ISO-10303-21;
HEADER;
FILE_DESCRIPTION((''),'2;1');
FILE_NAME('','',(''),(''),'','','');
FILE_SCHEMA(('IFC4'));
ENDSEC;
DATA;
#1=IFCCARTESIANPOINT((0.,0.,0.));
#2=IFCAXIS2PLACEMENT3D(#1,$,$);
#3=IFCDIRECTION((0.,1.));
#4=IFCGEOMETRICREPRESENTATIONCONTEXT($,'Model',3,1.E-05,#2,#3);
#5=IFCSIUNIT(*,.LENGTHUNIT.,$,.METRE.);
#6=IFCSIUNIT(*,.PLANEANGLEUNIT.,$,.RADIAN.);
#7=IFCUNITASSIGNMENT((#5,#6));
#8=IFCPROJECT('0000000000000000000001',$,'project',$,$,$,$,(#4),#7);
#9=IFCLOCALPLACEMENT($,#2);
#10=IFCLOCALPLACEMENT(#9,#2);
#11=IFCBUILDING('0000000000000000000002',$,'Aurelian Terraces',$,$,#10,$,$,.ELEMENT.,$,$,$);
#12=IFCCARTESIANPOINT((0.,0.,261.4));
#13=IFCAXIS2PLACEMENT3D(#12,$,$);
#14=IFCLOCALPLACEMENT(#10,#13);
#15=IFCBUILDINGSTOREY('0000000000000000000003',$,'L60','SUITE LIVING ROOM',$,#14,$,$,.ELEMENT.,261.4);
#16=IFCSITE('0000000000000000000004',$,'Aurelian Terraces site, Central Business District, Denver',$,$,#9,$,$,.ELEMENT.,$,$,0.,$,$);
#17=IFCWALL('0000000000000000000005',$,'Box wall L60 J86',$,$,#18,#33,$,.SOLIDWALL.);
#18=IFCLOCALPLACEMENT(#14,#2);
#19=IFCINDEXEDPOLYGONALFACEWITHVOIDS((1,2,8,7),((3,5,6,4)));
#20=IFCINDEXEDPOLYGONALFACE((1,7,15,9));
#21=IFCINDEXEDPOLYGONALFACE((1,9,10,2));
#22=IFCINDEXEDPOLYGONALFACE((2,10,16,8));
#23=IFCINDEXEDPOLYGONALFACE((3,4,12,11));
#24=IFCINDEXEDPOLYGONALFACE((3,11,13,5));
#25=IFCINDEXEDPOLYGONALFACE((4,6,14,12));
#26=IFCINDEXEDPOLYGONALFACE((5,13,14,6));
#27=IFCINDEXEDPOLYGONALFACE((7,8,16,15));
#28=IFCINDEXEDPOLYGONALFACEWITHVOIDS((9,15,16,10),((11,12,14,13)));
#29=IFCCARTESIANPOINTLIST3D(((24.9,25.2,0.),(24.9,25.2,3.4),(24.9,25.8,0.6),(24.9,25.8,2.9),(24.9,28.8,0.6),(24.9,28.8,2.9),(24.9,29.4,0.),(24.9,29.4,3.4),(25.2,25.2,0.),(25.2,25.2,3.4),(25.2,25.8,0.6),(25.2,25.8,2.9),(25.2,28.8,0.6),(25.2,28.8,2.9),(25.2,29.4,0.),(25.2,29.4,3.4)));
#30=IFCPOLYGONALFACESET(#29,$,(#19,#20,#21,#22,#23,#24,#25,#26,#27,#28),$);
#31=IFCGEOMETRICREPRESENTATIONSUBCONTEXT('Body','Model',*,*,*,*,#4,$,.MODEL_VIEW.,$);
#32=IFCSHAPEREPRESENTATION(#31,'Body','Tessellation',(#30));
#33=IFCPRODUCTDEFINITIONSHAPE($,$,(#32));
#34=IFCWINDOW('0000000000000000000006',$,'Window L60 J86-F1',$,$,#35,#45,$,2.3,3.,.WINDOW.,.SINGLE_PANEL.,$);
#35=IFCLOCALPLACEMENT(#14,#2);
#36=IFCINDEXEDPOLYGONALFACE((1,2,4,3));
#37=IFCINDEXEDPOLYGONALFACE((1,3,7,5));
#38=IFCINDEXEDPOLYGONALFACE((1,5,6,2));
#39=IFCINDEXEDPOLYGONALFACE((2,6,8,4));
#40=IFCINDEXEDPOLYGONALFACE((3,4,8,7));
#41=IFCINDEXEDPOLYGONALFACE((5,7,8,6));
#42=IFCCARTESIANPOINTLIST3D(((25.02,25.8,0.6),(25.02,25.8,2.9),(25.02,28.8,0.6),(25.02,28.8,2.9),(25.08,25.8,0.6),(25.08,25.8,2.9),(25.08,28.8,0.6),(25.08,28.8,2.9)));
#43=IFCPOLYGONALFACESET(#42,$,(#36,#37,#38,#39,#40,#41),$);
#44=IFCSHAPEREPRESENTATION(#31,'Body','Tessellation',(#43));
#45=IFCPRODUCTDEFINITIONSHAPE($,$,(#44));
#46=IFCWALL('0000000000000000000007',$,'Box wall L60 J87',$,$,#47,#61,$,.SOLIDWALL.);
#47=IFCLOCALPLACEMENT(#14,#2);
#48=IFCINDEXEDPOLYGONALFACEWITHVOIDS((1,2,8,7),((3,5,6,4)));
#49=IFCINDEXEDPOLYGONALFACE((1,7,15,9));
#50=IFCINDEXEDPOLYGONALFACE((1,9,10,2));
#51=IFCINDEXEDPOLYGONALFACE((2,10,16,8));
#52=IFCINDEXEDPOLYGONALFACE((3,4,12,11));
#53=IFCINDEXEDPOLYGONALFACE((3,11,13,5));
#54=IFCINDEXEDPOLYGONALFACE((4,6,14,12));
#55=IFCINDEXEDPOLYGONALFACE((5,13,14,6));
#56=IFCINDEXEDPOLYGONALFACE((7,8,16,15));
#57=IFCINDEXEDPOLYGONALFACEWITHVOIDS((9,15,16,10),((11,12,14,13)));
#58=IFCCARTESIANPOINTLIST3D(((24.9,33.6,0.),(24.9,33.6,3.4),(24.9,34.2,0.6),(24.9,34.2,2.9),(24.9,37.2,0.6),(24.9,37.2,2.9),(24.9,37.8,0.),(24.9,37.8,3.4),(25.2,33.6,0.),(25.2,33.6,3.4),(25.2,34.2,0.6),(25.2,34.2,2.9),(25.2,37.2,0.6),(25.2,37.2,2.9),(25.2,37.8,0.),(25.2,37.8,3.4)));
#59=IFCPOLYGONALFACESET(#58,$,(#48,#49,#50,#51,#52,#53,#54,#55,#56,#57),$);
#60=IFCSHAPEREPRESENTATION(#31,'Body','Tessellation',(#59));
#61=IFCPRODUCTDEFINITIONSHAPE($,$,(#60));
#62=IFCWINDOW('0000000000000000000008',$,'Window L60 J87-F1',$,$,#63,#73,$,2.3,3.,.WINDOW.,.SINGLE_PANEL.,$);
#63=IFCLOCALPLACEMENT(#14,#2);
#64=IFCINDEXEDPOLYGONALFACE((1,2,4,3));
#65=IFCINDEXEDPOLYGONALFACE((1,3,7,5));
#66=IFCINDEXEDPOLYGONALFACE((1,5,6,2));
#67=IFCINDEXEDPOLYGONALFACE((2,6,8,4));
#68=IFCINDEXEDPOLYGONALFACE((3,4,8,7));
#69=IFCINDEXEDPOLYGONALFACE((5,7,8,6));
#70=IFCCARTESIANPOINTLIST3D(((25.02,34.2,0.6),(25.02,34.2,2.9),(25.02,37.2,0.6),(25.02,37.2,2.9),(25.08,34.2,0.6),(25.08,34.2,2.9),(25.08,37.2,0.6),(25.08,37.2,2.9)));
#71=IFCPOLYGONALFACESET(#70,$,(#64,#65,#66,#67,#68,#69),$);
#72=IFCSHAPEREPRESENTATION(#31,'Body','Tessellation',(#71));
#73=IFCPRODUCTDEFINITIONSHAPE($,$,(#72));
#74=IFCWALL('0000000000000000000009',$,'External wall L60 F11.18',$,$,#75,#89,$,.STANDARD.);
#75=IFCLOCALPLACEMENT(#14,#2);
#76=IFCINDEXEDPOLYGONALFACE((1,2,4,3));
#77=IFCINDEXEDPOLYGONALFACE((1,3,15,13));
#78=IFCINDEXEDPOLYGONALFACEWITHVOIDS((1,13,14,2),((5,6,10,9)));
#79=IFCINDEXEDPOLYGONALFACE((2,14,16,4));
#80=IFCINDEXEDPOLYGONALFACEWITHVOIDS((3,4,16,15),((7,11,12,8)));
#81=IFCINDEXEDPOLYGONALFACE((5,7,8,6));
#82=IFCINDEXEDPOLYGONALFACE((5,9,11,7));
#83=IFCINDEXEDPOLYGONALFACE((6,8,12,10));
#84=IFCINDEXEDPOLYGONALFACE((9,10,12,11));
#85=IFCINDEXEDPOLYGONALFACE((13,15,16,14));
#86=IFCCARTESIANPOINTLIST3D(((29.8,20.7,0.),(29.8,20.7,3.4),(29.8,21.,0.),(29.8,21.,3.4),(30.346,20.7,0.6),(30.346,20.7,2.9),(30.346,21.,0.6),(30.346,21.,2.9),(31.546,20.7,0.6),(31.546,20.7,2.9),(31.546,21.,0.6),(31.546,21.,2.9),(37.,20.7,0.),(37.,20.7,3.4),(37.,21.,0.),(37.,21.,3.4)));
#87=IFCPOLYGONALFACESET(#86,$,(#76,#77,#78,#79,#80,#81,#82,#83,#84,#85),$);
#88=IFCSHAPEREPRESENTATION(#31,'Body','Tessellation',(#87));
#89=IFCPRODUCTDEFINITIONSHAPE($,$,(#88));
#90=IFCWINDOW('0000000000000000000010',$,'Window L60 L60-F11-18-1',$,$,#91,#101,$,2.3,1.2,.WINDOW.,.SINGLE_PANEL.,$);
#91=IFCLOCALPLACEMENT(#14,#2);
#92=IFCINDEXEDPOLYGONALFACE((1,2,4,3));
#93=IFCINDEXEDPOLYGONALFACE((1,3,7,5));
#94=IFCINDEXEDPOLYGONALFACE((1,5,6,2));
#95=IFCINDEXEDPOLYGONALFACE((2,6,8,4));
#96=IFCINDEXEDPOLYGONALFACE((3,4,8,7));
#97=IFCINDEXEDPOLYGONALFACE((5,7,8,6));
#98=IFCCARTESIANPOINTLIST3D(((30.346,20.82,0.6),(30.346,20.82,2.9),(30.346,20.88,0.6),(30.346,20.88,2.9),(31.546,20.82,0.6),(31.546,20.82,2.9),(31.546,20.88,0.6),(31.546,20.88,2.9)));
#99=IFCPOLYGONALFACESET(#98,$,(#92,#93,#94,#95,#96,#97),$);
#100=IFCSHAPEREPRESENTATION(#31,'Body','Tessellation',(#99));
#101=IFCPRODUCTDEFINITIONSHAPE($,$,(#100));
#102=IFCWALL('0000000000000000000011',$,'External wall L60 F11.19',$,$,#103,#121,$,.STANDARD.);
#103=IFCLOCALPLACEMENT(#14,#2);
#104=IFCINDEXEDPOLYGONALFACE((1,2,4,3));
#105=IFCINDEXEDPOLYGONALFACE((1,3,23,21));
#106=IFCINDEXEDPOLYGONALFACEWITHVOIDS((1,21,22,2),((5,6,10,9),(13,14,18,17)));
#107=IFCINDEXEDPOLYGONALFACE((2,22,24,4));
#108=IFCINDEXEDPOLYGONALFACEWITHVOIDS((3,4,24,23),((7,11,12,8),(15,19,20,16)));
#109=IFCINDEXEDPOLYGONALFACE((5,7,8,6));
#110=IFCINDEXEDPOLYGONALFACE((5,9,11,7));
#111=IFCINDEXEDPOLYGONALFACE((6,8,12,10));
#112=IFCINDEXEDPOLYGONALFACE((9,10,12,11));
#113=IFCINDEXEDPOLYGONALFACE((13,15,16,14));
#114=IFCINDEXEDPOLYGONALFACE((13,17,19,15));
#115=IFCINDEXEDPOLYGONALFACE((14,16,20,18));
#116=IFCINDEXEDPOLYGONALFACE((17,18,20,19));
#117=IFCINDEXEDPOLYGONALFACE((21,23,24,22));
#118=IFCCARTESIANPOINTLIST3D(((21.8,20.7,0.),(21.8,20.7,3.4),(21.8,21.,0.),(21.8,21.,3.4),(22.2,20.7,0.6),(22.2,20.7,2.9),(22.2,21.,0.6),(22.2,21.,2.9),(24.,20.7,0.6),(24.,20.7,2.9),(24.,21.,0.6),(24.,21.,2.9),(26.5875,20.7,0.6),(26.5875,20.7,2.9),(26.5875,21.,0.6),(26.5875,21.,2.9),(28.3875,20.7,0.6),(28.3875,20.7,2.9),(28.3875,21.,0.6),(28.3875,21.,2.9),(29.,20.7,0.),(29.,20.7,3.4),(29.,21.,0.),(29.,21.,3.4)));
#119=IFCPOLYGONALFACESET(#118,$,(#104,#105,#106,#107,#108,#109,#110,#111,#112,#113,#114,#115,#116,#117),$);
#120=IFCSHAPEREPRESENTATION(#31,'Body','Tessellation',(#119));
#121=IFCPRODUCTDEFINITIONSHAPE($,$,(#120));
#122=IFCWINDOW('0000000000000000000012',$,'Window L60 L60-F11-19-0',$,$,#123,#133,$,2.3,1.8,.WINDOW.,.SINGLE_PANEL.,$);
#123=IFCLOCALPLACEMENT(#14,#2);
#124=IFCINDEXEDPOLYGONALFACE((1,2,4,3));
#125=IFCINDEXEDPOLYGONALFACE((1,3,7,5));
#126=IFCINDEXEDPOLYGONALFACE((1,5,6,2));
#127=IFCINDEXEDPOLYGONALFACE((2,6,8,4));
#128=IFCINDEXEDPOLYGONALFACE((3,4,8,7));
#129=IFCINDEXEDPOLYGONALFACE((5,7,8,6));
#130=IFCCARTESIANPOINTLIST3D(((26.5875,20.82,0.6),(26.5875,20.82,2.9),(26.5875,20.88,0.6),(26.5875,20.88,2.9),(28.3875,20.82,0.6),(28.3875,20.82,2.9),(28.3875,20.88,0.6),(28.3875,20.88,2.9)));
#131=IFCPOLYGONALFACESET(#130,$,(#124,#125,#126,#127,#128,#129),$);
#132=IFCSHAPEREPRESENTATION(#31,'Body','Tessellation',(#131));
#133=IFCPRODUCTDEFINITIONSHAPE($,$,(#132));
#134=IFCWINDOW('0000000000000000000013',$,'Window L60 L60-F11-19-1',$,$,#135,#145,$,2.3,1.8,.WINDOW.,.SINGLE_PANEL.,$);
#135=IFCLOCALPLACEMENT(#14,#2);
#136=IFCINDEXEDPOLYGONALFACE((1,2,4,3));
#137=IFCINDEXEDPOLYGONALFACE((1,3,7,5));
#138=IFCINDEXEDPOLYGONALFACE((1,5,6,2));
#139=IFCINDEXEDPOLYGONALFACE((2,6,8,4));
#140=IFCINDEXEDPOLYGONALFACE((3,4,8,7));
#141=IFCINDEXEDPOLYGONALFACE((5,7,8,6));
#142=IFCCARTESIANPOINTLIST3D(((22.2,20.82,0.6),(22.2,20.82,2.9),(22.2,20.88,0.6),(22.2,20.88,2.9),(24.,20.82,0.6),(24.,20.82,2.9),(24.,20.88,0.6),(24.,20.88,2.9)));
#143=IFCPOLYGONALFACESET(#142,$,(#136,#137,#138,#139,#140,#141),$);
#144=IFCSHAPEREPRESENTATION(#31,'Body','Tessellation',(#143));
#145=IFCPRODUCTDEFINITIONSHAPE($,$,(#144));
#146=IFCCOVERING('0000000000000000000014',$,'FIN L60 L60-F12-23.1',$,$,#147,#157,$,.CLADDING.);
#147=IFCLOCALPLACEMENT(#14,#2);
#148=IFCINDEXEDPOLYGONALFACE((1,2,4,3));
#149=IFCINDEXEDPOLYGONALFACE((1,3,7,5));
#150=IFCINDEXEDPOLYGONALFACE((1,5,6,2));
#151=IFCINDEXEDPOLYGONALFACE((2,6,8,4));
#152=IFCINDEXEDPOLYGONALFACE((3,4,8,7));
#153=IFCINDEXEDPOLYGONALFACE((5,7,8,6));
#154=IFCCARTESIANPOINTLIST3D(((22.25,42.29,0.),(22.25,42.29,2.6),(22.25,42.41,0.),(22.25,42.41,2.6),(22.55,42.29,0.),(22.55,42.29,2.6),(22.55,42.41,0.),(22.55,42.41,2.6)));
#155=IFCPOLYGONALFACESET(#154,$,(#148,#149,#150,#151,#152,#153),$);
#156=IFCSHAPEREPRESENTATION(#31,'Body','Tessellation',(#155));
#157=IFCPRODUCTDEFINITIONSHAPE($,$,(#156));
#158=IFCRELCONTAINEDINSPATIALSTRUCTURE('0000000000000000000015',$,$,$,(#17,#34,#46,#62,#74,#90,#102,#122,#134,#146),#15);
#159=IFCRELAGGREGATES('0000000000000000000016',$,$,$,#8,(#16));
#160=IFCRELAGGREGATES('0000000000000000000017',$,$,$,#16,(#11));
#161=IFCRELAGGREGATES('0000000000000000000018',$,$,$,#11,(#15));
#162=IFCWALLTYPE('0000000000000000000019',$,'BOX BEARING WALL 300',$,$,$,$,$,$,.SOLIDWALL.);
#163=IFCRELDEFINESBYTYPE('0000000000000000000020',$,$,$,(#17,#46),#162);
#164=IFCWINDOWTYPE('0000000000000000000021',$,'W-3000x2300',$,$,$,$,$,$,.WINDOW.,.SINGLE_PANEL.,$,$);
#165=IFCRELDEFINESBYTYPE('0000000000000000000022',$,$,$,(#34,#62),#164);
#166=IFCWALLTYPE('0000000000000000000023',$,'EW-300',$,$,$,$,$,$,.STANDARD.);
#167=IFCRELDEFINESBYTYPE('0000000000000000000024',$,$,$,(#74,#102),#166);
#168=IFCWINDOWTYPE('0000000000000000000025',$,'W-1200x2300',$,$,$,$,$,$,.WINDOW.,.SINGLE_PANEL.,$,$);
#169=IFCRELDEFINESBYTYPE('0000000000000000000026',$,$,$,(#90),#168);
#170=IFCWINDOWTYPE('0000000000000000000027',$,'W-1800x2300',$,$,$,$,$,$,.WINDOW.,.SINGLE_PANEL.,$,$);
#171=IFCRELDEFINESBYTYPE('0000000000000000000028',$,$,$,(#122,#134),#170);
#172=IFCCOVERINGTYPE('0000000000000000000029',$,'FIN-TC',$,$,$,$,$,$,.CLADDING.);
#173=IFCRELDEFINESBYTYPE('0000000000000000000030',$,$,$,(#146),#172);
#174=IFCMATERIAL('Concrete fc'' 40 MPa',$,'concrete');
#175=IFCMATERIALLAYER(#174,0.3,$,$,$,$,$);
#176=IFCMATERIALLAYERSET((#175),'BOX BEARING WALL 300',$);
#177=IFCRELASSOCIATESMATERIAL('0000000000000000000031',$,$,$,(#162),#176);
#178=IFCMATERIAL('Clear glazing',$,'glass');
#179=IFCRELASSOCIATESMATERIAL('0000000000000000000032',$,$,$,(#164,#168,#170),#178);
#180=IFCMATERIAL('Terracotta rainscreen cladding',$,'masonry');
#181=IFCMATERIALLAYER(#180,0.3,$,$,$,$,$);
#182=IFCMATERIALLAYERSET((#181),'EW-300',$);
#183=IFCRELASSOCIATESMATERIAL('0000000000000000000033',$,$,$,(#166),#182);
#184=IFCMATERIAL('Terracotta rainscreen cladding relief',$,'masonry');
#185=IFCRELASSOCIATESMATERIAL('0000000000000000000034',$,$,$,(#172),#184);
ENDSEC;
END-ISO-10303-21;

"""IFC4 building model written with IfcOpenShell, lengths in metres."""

from ifc_helpers import new_model, si_unit, direction, frame, frame_2d, origin, origin_2d, place, context, subcontext, project, spatial, rectangle, extrude, source, transform, mapped, material, layer, layer_set, type_object, element, fill, save


model = new_model("IFC4")

# Units and contexts
model_context = context("Model", 3, precision=1e-05, world=origin(), true_north=direction((0.0, 1.0)))
body_context = subcontext(model_context, "Body", "Model", "MODEL_VIEW")
ifc_project = project(units=[si_unit("LENGTHUNIT", "METRE"), si_unit("PLANEANGLEUNIT", "RADIAN")], contexts=[model_context])

# Site, building, storey
site_placement = place(None, origin())
site = spatial("IfcSite", under=ifc_project, at=site_placement, Name="Aurelian Terraces site, Central Business District, Denver", CompositionType="ELEMENT", RefElevation=0.0)
building_placement = place(site_placement, origin())
building = spatial("IfcBuilding", under=site, at=building_placement, Name="Aurelian Terraces", CompositionType="ELEMENT")
storey_placement = place(building_placement, frame((0.0, 0.0, 261.4)))
storey = spatial("IfcBuildingStorey", under=building, at=storey_placement, Name="L60", Description="SUITE LIVING ROOM", CompositionType="ELEMENT", Elevation=261.4)

# Walls, openings, windows
ifc_material_1 = material(Name="Concrete fc' 40 MPa", Category="concrete")
ifc_layer_1 = layer(ifc_material_1, 0.3)
ifc_layer_set_1 = layer_set([ifc_layer_1], Name="BOX BEARING WALL 300")
wall_type_1 = type_object("IfcWallType", Name="BOX BEARING WALL 300", PredefinedType="SOLIDWALL", material=ifc_layer_set_1)
shared_shape_1 = source(origin(), body_context, "Body", "SweptSolid", [
    extrude(rectangle(XDim=4.2, YDim=0.3, at=frame_2d((2.1, 0.0))), origin(), (0.0, 0.0, 1.0), 3.4),
])
wall_1_placement = place(storey_placement, frame((25.05, 25.2, 0.0), z_axis=(0.0, 0.0, 1.0), x_axis=(0.0, 1.0, 0.0)))
wall_1 = element("IfcWall", 1, at=wall_1_placement, inside=storey, type_object=wall_type_1, Name="Box wall L60 J86", PredefinedType="SOLIDWALL", context=body_context, shape_type="MappedRepresentation", body=[
    mapped(shared_shape_1, transform((0.0, 0.0, 0.0), scale=1.0)),
])
shared_shape_2 = source(origin(), body_context, "Body", "SweptSolid", [
    extrude(rectangle(XDim=3.0, YDim=2.3, at=frame_2d((1.5, 1.15))), frame((0.0, 0.16, 0.0), z_axis=(0.0, -1.0, 0.0), x_axis=(1.0, 0.0, 0.0)), (0.0, 0.0, 1.0), 0.32),
])
opening_1_placement = place(wall_1_placement, frame((0.6, 0.0, 0.6)))
opening_1 = element("IfcOpeningElement", 2, at=opening_1_placement, cuts=wall_1, PredefinedType="OPENING", context=body_context, shape_type="MappedRepresentation", body=[
    mapped(shared_shape_2, transform((0.0, 0.0, 0.0), scale=1.0)),
])
ifc_material_2 = material(Name="Clear glazing", Category="glass")
window_type_1 = type_object("IfcWindowType", Name="W-3000x2300", PartitioningType="SINGLE_PANEL", PredefinedType="WINDOW", material=ifc_material_2)
shared_shape_3 = source(origin(), body_context, "Body", "SweptSolid", [
    extrude(rectangle(XDim=3.0, YDim=2.3, at=frame_2d((1.5, 1.15))), frame((0.0, 0.03, 0.0), z_axis=(0.0, -1.0, 0.0), x_axis=(1.0, 0.0, 0.0)), (0.0, 0.0, 1.0), 0.06),
])
window_1_placement = place(opening_1_placement, origin())
window_1 = element("IfcWindow", 3, at=window_1_placement, inside=storey, type_object=window_type_1, Name="Window L60 J86-F1", OverallHeight=2.3, OverallWidth=3.0, PartitioningType="SINGLE_PANEL", PredefinedType="WINDOW", context=body_context, shape_type="MappedRepresentation", body=[
    mapped(shared_shape_3, transform((0.0, 0.0, 0.0), scale=1.0)),
])
fill(opening_1, window_1)
wall_2_placement = place(storey_placement, frame((25.05, 33.6, 0.0), z_axis=(0.0, 0.0, 1.0), x_axis=(0.0, 1.0, 0.0)))
wall_2 = element("IfcWall", 4, at=wall_2_placement, inside=storey, type_object=wall_type_1, Name="Box wall L60 J87", PredefinedType="SOLIDWALL", context=body_context, shape_type="MappedRepresentation", body=[
    mapped(shared_shape_1, transform((0.0, 0.0, 0.0), scale=1.0)),
])
opening_2_placement = place(wall_2_placement, frame((0.6, 0.0, 0.6)))
opening_2 = element("IfcOpeningElement", 5, at=opening_2_placement, cuts=wall_2, PredefinedType="OPENING", context=body_context, shape_type="MappedRepresentation", body=[
    mapped(shared_shape_2, transform((0.0, 0.0, 0.0), scale=1.0)),
])
window_2_placement = place(opening_2_placement, origin())
window_2 = element("IfcWindow", 6, at=window_2_placement, inside=storey, type_object=window_type_1, Name="Window L60 J87-F1", OverallHeight=2.3, OverallWidth=3.0, PartitioningType="SINGLE_PANEL", PredefinedType="WINDOW", context=body_context, shape_type="MappedRepresentation", body=[
    mapped(shared_shape_3, transform((0.0, 0.0, 0.0), scale=1.0)),
])
fill(opening_2, window_2)
ifc_material_3 = material(Name="Terracotta rainscreen cladding", Category="masonry")
ifc_layer_2 = layer(ifc_material_3, 0.3)
ifc_layer_set_2 = layer_set([ifc_layer_2], Name="EW-300")
wall_type_2 = type_object("IfcWallType", Name="EW-300", PredefinedType="STANDARD", material=ifc_layer_set_2)
shared_shape_4 = source(origin(), body_context, "Body", "SweptSolid", [
    extrude(rectangle(XDim=7.2, YDim=0.3, at=frame_2d((3.6, 0.0))), origin(), (0.0, 0.0, 1.0), 3.4),
])
wall_3_placement = place(storey_placement, frame((37.0, 20.85, 0.0), z_axis=(0.0, 0.0, 1.0), x_axis=(-1.0, 0.0, 0.0)))
wall_3 = element("IfcWall", 7, at=wall_3_placement, inside=storey, type_object=wall_type_2, Name="External wall L60 F11.18", PredefinedType="STANDARD", context=body_context, shape_type="MappedRepresentation", body=[
    mapped(shared_shape_4, transform((0.0, 0.0, 0.0), scale=1.0)),
])
shared_shape_5 = source(origin(), body_context, "Body", "SweptSolid", [
    extrude(rectangle(XDim=1.2, YDim=2.3, at=frame_2d((0.6, 1.15))), frame((0.0, 0.16, 0.0), z_axis=(0.0, -1.0, 0.0), x_axis=(1.0, 0.0, 0.0)), (0.0, 0.0, 1.0), 0.32),
])
opening_3_placement = place(wall_3_placement, frame((5.454, 0.0, 0.6)))
opening_3 = element("IfcOpeningElement", 8, at=opening_3_placement, cuts=wall_3, PredefinedType="OPENING", context=body_context, shape_type="MappedRepresentation", body=[
    mapped(shared_shape_5, transform((0.0, 0.0, 0.0), scale=1.0)),
])
window_type_2 = type_object("IfcWindowType", Name="W-1200x2300", PartitioningType="SINGLE_PANEL", PredefinedType="WINDOW", material=ifc_material_2)
shared_shape_6 = source(origin(), body_context, "Body", "SweptSolid", [
    extrude(rectangle(XDim=1.2, YDim=2.3, at=frame_2d((0.6, 1.15))), frame((0.0, 0.03, 0.0), z_axis=(0.0, -1.0, 0.0), x_axis=(1.0, 0.0, 0.0)), (0.0, 0.0, 1.0), 0.06),
])
window_3_placement = place(opening_3_placement, origin())
window_3 = element("IfcWindow", 9, at=window_3_placement, inside=storey, type_object=window_type_2, Name="Window L60 L60-F11-18-1", OverallHeight=2.3, OverallWidth=1.2, PartitioningType="SINGLE_PANEL", PredefinedType="WINDOW", context=body_context, shape_type="MappedRepresentation", body=[
    mapped(shared_shape_6, transform((0.0, 0.0, 0.0), scale=1.0)),
])
fill(opening_3, window_3)

# Wall, openings, windows
wall_4_placement = place(storey_placement, frame((29.0, 20.85, 0.0), z_axis=(0.0, 0.0, 1.0), x_axis=(-1.0, 0.0, 0.0)))
wall_4 = element("IfcWall", 10, at=wall_4_placement, inside=storey, type_object=wall_type_2, Name="External wall L60 F11.19", PredefinedType="STANDARD", context=body_context, shape_type="MappedRepresentation", body=[
    mapped(shared_shape_4, transform((0.0, 0.0, 0.0), scale=1.0)),
])
shared_shape_7 = source(origin(), body_context, "Body", "SweptSolid", [
    extrude(rectangle(XDim=1.8, YDim=2.3, at=frame_2d((0.9, 1.15))), frame((0.0, 0.16, 0.0), z_axis=(0.0, -1.0, 0.0), x_axis=(1.0, 0.0, 0.0)), (0.0, 0.0, 1.0), 0.32),
])
opening_4_placement = place(wall_4_placement, frame((0.6125, 0.0, 0.6)))
opening_4 = element("IfcOpeningElement", 11, at=opening_4_placement, cuts=wall_4, PredefinedType="OPENING", context=body_context, shape_type="MappedRepresentation", body=[
    mapped(shared_shape_7, transform((0.0, 0.0, 0.0), scale=1.0)),
])
opening_5_placement = place(wall_4_placement, frame((5.0, 0.0, 0.6)))
opening_5 = element("IfcOpeningElement", 12, at=opening_5_placement, cuts=wall_4, PredefinedType="OPENING", context=body_context, shape_type="MappedRepresentation", body=[
    mapped(shared_shape_7, transform((0.0, 0.0, 0.0), scale=1.0)),
])
window_type_3 = type_object("IfcWindowType", Name="W-1800x2300", PartitioningType="SINGLE_PANEL", PredefinedType="WINDOW", material=ifc_material_2)
shared_shape_8 = source(origin(), body_context, "Body", "SweptSolid", [
    extrude(rectangle(XDim=1.8, YDim=2.3, at=frame_2d((0.9, 1.15))), frame((0.0, 0.03, 0.0), z_axis=(0.0, -1.0, 0.0), x_axis=(1.0, 0.0, 0.0)), (0.0, 0.0, 1.0), 0.06),
])
window_4_placement = place(opening_4_placement, origin())
window_4 = element("IfcWindow", 13, at=window_4_placement, inside=storey, type_object=window_type_3, Name="Window L60 L60-F11-19-0", OverallHeight=2.3, OverallWidth=1.8, PartitioningType="SINGLE_PANEL", PredefinedType="WINDOW", context=body_context, shape_type="MappedRepresentation", body=[
    mapped(shared_shape_8, transform((0.0, 0.0, 0.0), scale=1.0)),
])
fill(opening_4, window_4)
window_5_placement = place(opening_5_placement, origin())
window_5 = element("IfcWindow", 14, at=window_5_placement, inside=storey, type_object=window_type_3, Name="Window L60 L60-F11-19-1", OverallHeight=2.3, OverallWidth=1.8, PartitioningType="SINGLE_PANEL", PredefinedType="WINDOW", context=body_context, shape_type="MappedRepresentation", body=[
    mapped(shared_shape_8, transform((0.0, 0.0, 0.0), scale=1.0)),
])
fill(opening_5, window_5)

# Covering
ifc_material_4 = material(Name="Terracotta rainscreen cladding relief", Category="masonry")
covering_type_1 = type_object("IfcCoveringType", Name="FIN-TC", PredefinedType="CLADDING", material=ifc_material_4)
shared_shape_9 = source(origin(), body_context, "Body", "SweptSolid", [
    extrude(rectangle(XDim=0.3, YDim=0.12, at=origin_2d()), origin(), (0.0, 0.0, 1.0), 2.6),
])
for number, where, z_axis, x_axis, name in (
    (15, (22.4, 42.35, 0.0), (0.0, 0.0, 1.0), (1.0, 0.0, 0.0), "FIN L60 L60-F12-23.1"),
):
    element("IfcCovering", number, at=place(storey_placement, frame(where, z_axis=z_axis, x_axis=x_axis)), inside=storey, type_object=covering_type_1, Name=name, PredefinedType="CLADDING", context=body_context, shape_type="MappedRepresentation", body=[
        mapped(shared_shape_9, transform((0.0, 0.0, 0.0), scale=1.0)),
    ])

save(model, "model.ifc")
